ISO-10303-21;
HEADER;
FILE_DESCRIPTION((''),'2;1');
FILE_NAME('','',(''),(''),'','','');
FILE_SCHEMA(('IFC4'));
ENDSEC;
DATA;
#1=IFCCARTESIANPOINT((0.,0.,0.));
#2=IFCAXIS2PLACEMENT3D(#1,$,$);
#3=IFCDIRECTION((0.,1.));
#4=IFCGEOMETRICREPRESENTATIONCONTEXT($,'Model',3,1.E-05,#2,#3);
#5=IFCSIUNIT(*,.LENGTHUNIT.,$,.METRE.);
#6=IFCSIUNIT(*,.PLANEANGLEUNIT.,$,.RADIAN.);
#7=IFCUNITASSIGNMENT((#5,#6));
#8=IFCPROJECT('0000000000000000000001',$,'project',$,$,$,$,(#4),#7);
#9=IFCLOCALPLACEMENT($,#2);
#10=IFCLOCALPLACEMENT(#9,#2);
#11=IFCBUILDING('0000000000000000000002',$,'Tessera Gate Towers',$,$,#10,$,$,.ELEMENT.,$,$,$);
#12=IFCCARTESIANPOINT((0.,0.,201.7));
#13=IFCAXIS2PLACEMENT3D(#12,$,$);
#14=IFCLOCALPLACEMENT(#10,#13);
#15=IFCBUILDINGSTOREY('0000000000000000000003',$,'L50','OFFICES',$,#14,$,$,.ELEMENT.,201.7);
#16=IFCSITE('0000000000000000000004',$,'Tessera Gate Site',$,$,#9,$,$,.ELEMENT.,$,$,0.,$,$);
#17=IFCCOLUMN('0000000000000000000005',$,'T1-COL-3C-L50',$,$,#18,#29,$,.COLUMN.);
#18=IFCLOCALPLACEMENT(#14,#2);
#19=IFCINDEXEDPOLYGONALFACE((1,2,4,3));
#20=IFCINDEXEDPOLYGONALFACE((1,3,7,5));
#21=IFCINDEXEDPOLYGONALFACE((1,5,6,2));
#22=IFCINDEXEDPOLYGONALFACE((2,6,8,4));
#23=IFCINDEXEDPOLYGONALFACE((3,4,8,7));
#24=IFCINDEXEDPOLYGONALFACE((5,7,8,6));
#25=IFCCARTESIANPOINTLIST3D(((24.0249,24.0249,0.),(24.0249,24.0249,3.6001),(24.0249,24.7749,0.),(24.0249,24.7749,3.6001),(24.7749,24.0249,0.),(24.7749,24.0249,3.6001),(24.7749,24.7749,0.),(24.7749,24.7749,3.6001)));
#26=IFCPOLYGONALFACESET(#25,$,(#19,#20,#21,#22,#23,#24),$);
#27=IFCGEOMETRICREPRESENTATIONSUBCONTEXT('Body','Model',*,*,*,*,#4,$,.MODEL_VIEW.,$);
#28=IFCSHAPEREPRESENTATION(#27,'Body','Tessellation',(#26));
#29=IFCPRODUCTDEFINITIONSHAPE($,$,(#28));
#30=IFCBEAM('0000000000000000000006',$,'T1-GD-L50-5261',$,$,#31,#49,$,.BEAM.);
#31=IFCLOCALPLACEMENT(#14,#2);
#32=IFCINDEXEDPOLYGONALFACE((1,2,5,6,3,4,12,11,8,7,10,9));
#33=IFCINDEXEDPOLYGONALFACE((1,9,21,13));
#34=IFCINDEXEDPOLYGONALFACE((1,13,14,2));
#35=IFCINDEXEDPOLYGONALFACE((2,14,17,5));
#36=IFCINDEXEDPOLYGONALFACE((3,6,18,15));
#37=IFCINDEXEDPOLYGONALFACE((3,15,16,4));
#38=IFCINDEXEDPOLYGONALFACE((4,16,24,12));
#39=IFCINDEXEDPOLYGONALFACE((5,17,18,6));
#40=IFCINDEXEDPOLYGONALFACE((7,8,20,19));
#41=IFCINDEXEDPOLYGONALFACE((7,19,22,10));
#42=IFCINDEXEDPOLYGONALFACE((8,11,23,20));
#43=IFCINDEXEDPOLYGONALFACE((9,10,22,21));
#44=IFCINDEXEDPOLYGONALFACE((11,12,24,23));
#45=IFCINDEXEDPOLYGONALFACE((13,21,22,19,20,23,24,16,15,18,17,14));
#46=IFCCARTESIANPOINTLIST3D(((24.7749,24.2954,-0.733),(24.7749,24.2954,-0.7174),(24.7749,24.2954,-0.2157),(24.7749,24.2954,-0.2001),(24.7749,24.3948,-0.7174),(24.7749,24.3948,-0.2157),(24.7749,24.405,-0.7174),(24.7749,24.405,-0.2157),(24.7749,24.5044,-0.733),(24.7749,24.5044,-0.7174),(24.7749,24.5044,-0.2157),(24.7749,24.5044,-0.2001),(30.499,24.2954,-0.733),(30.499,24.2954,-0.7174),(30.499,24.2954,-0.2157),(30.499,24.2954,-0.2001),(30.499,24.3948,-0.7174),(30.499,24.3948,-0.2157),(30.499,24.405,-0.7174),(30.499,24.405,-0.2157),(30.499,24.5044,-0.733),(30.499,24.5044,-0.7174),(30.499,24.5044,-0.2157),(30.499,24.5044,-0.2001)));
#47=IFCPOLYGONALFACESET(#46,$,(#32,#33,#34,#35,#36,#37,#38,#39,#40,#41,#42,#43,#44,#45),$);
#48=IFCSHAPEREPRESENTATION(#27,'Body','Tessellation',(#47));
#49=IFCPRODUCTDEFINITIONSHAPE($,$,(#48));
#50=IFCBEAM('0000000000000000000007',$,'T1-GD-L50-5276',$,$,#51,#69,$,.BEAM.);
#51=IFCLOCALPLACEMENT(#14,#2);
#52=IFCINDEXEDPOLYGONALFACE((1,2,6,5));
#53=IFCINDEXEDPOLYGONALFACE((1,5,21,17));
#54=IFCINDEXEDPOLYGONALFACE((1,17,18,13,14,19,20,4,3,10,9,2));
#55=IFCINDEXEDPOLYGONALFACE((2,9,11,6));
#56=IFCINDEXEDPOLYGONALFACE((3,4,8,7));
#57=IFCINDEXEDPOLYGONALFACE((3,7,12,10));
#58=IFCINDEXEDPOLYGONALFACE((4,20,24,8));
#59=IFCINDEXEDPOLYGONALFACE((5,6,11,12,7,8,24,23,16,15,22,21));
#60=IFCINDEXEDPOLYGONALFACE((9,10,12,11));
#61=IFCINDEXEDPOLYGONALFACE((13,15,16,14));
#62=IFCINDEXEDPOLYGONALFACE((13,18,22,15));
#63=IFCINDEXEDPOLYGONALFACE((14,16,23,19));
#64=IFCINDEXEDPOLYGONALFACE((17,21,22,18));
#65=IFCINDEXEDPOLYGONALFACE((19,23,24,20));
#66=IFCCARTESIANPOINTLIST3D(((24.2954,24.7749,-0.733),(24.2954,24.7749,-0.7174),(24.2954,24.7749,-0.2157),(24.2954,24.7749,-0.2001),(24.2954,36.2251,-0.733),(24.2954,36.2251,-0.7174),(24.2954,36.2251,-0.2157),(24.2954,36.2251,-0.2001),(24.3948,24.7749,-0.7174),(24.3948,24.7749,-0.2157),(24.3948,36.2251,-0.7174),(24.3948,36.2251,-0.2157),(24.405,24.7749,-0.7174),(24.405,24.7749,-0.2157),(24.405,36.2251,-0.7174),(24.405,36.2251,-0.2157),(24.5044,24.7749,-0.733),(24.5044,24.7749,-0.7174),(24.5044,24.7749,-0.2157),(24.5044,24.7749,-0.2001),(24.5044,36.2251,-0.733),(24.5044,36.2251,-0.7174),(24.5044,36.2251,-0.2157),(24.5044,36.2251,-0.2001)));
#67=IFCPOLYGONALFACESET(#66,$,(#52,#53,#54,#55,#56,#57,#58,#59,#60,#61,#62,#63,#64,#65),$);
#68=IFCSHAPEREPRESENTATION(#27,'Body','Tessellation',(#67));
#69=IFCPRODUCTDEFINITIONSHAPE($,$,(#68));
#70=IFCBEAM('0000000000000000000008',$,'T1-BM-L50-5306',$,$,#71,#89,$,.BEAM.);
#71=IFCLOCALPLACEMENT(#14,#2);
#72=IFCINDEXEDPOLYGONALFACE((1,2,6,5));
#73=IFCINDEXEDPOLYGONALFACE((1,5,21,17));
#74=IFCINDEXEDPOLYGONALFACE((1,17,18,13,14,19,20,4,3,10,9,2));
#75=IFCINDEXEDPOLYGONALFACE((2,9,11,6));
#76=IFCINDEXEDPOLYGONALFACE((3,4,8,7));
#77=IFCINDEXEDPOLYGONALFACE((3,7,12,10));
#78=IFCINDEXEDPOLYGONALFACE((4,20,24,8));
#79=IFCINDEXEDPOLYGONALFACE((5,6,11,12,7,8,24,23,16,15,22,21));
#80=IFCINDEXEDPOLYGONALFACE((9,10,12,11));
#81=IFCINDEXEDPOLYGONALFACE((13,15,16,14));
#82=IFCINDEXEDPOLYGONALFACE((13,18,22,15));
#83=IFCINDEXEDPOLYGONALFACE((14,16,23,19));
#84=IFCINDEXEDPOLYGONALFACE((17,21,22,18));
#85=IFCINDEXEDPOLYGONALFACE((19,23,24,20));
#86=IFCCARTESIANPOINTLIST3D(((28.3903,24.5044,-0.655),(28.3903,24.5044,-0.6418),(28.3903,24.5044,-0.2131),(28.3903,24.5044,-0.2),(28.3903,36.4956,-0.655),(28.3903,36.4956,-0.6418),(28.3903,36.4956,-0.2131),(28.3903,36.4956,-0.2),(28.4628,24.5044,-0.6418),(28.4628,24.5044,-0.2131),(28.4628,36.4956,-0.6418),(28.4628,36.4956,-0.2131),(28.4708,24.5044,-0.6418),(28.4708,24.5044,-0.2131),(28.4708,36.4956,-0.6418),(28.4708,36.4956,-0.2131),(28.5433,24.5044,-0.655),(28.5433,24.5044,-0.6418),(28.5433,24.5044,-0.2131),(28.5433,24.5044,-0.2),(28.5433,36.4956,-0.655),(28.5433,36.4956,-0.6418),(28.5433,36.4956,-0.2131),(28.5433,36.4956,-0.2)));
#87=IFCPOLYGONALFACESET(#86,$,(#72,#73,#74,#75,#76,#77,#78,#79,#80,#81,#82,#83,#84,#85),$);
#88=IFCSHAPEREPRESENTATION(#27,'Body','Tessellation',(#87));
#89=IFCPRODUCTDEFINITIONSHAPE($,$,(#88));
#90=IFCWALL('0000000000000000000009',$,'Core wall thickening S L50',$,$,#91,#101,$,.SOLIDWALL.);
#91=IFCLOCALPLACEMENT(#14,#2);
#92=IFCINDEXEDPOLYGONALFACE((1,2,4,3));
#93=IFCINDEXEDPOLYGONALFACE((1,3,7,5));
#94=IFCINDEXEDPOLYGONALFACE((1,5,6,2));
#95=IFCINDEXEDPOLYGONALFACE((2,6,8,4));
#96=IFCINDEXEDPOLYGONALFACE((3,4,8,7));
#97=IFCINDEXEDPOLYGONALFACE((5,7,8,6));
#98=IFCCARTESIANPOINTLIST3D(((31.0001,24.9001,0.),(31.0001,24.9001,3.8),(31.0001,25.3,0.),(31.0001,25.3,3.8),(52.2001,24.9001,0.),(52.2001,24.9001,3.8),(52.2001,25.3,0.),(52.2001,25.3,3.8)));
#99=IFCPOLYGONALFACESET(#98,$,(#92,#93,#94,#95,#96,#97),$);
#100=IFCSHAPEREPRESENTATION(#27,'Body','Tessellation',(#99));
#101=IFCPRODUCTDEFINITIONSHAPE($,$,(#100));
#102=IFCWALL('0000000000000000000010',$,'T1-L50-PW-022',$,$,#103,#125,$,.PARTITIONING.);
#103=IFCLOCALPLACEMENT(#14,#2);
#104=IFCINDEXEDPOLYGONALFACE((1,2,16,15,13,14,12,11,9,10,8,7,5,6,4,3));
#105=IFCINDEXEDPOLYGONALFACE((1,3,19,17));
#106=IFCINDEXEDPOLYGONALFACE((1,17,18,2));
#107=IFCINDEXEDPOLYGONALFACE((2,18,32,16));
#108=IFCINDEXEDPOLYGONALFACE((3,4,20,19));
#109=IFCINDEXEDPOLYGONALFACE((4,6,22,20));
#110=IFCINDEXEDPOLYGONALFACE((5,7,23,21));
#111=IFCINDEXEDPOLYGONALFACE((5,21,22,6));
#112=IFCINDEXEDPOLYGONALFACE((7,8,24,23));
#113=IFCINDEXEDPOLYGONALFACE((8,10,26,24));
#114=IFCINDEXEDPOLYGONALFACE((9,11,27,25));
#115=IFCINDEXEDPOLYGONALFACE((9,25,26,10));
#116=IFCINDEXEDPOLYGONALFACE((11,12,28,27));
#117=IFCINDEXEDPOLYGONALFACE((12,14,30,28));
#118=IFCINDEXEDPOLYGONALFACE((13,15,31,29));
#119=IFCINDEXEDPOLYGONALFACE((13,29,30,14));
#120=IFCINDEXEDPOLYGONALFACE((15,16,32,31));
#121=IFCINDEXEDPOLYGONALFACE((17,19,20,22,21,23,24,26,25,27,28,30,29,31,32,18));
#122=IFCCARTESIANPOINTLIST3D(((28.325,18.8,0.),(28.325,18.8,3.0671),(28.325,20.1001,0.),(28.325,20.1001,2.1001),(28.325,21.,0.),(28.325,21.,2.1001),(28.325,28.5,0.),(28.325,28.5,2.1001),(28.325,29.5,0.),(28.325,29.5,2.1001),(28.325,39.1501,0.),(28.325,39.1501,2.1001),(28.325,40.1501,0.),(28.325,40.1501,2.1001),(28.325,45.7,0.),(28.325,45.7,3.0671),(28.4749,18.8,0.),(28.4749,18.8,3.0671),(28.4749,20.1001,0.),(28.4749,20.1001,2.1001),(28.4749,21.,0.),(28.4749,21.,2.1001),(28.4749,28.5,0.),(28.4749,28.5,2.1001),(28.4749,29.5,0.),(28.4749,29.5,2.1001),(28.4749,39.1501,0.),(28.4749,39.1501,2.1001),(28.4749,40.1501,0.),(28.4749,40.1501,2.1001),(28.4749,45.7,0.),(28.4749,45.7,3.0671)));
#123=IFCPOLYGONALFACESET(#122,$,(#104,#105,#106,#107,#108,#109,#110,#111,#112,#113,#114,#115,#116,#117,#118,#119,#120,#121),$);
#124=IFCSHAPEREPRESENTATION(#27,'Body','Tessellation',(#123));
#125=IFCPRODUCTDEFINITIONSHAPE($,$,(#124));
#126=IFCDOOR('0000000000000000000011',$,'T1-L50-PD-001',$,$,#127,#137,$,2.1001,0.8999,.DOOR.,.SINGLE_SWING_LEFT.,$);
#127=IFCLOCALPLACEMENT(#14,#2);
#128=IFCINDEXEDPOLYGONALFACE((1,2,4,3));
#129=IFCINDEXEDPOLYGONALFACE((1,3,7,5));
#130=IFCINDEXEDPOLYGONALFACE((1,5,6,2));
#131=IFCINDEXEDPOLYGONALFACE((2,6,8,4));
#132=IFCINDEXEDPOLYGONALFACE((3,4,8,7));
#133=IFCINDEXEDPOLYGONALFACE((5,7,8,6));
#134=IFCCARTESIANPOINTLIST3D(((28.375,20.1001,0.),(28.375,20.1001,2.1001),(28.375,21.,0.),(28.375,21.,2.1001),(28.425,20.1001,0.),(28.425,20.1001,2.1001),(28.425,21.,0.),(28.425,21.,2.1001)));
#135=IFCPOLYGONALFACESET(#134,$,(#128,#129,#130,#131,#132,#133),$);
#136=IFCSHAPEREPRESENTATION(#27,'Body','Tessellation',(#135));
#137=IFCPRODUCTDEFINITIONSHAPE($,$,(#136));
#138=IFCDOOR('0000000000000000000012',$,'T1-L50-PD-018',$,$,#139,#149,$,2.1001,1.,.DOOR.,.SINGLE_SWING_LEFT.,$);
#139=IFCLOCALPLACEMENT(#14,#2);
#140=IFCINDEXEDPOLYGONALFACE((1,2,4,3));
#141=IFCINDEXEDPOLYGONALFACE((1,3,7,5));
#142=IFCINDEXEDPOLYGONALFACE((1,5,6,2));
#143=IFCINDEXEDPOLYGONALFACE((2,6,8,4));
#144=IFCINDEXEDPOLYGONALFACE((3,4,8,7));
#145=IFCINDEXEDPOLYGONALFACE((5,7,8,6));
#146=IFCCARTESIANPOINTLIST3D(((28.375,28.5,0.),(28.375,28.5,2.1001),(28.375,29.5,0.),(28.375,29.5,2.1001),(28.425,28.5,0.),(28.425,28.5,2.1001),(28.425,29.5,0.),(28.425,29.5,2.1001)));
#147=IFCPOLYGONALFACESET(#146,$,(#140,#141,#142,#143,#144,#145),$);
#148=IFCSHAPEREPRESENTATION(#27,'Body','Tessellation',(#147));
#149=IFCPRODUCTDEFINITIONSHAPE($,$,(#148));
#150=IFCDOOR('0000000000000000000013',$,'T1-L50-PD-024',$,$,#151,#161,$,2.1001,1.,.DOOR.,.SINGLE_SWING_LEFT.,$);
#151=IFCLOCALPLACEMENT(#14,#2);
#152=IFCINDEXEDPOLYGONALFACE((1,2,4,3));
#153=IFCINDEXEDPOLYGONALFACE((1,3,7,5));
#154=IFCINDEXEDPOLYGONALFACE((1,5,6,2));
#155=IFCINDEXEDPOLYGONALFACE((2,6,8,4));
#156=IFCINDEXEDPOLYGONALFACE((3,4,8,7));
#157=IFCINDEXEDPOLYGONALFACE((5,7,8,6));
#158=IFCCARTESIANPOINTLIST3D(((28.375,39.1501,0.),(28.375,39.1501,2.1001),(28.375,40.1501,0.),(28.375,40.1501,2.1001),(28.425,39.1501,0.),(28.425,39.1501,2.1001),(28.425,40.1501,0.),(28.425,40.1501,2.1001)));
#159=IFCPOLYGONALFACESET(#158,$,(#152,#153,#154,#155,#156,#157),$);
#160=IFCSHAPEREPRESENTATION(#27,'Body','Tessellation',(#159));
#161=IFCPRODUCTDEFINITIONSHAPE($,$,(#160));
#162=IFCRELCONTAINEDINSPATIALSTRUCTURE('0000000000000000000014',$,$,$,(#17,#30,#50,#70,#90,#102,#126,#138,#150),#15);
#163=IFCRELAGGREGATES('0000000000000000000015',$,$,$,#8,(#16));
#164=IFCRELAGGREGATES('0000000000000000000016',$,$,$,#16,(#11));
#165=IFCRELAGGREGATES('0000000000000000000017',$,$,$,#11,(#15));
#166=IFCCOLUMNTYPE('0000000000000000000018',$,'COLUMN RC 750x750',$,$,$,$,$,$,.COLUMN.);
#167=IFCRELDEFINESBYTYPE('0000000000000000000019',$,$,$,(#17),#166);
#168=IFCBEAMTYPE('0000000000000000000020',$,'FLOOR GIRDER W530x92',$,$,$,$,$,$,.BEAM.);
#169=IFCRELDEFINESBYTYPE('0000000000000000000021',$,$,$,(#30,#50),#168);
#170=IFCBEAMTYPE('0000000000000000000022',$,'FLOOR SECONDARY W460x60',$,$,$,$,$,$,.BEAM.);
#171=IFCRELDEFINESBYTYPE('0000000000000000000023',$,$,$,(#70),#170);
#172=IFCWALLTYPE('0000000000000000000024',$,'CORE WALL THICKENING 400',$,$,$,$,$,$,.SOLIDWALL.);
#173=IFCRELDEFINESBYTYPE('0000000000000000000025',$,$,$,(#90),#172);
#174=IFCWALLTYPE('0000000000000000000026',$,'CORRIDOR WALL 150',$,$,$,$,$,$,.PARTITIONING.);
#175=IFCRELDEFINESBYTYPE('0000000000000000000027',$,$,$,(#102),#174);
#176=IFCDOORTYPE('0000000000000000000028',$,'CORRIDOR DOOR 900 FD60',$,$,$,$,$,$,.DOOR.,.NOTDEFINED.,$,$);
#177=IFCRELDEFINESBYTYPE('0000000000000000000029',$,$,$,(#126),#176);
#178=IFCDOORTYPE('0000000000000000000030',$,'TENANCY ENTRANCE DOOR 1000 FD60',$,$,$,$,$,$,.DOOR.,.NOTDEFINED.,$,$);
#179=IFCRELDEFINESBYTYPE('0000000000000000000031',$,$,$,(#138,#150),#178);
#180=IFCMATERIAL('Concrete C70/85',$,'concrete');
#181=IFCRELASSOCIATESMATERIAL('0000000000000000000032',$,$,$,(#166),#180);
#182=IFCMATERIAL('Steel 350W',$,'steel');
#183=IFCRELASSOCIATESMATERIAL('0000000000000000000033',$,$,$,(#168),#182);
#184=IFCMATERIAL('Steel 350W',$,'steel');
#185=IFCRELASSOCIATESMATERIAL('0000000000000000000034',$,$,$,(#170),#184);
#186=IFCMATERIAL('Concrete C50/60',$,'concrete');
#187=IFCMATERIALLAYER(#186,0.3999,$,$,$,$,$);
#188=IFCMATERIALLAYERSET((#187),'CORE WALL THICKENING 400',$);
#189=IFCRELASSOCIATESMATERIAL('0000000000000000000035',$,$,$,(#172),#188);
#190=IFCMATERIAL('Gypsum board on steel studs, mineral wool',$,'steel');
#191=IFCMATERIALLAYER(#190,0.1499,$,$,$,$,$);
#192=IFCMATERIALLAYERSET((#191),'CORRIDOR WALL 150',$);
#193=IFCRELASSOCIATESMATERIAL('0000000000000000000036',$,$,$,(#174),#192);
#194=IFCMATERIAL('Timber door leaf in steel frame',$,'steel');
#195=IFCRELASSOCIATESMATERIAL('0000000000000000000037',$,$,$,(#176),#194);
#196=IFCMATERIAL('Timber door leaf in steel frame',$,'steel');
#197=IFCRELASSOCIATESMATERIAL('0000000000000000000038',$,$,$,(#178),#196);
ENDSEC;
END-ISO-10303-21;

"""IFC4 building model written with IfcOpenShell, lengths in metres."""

from ifc_helpers import new_model, si_unit, direction, frame, frame_2d, origin, origin_2d, place, context, subcontext, project, spatial, rectangle, i_section, extrude, source, transform, mapped, material, layer, layer_set, material_profile, profile_set, type_object, element, fill, save


model = new_model("IFC4")

# Units and contexts
model_context = context("Model", 3, precision=1e-05, world=origin(), true_north=direction((0.0, 1.0)))
body_context = subcontext(model_context, "Body", "Model", "MODEL_VIEW")
ifc_project = project(units=[si_unit("LENGTHUNIT", "METRE"), si_unit("PLANEANGLEUNIT", "RADIAN")], contexts=[model_context])

# Site, building, storey
site_placement = place(None, origin())
site = spatial("IfcSite", under=ifc_project, at=site_placement, Name="Tessera Gate Site", CompositionType="ELEMENT", RefElevation=0.0)
building_placement = place(site_placement, origin())
building = spatial("IfcBuilding", under=site, at=building_placement, Name="Tessera Gate Towers", CompositionType="ELEMENT")
storey_placement = place(building_placement, frame((0.0, 0.0, 201.7)))
storey = spatial("IfcBuildingStorey", under=building, at=storey_placement, Name="L50", Description="OFFICES", CompositionType="ELEMENT", Elevation=201.7)

# Column
ifc_material_1 = material(Name="Concrete C70/85", Category="concrete")
ifc_material_profile_1 = material_profile(ifc_material_1, rectangle(XDim=0.75, YDim=0.75, at=origin_2d()), Name="RC 750x750")
ifc_profile_set_1 = profile_set([ifc_material_profile_1], Name="Concrete C70/85")
column_type = type_object("IfcColumnType", Name="COLUMN RC 750x750", PredefinedType="COLUMN", material=ifc_profile_set_1)
column_placement = place(storey_placement, frame((24.3999, 24.3999, 0.0), z_axis=(0.0, 0.0, 1.0), x_axis=(1.0, 0.0, 0.0)))
element("IfcColumn", 1, at=column_placement, inside=storey, type_object=column_type, Name="T1-COL-3C-L50", PredefinedType="COLUMN", context=body_context, shape_type="SweptSolid", body=[
    extrude(rectangle(XDim=0.75, YDim=0.75, at=origin_2d()), origin(), (0.0, 0.0, 1.0), 3.6001),
])

# Beams
ifc_material_2 = material(Name="Steel 350W", Category="steel")
ifc_material_profile_2 = material_profile(ifc_material_2, i_section(OverallWidth=0.209, OverallDepth=0.533, WebThickness=0.0103, FlangeThickness=0.0156, at=origin_2d()), Name="W530x92")
ifc_profile_set_2 = profile_set([ifc_material_profile_2], Name="Steel 350W")
beam_type_1 = type_object("IfcBeamType", Name="FLOOR GIRDER W530x92", PredefinedType="BEAM", material=ifc_profile_set_2)
beam_1_placement = place(storey_placement, frame((24.7749, 24.3999, -0.4666), z_axis=(1.0, 0.0, 0.0), x_axis=(0.0, 1.0, 0.0)))
element("IfcBeam", 2, at=beam_1_placement, inside=storey, type_object=beam_type_1, Name="T1-GD-L50-5261", PredefinedType="BEAM", context=body_context, shape_type="SweptSolid", body=[
    extrude(i_section(OverallWidth=0.209, OverallDepth=0.533, WebThickness=0.0103, FlangeThickness=0.0156, at=origin_2d()), origin(), (0.0, 0.0, 1.0), 5.7241),
])
beam_2_placement = place(storey_placement, frame((24.3999, 24.7749, -0.4666), z_axis=(0.0, 1.0, 0.0), x_axis=(-1.0, 0.0, 0.0)))
element("IfcBeam", 3, at=beam_2_placement, inside=storey, type_object=beam_type_1, Name="T1-GD-L50-5276", PredefinedType="BEAM", context=body_context, shape_type="SweptSolid", body=[
    extrude(i_section(OverallWidth=0.209, OverallDepth=0.533, WebThickness=0.0103, FlangeThickness=0.0156, at=origin_2d()), origin(), (0.0, 0.0, 1.0), 11.4502),
])
ifc_material_3 = material(Name="Steel 350W", Category="steel")
ifc_material_profile_3 = material_profile(ifc_material_3, i_section(OverallWidth=0.1531, OverallDepth=0.4551, WebThickness=0.0081, FlangeThickness=0.0132, at=origin_2d()), Name="W460x60")
ifc_profile_set_3 = profile_set([ifc_material_profile_3], Name="Steel 350W")
beam_type_2 = type_object("IfcBeamType", Name="FLOOR SECONDARY W460x60", PredefinedType="BEAM", material=ifc_profile_set_3)
beam_3_placement = place(storey_placement, frame((28.4668, 24.5044, -0.4275), z_axis=(0.0, 1.0, 0.0), x_axis=(-1.0, 0.0, 0.0)))
element("IfcBeam", 4, at=beam_3_placement, inside=storey, type_object=beam_type_2, Name="T1-BM-L50-5306", PredefinedType="BEAM", context=body_context, shape_type="SweptSolid", body=[
    extrude(i_section(OverallWidth=0.1531, OverallDepth=0.4551, WebThickness=0.0081, FlangeThickness=0.0132, at=origin_2d()), origin(), (0.0, 0.0, 1.0), 11.9912),
])

# Wall
ifc_material_4 = material(Name="Concrete C50/60", Category="concrete")
ifc_layer_1 = layer(ifc_material_4, 0.3999)
ifc_layer_set_1 = layer_set([ifc_layer_1], Name="CORE WALL THICKENING 400")
wall_type_1 = type_object("IfcWallType", Name="CORE WALL THICKENING 400", PredefinedType="SOLIDWALL", material=ifc_layer_set_1)
wall_1_placement = place(storey_placement, frame((31.0, 25.1001, 0.0), z_axis=(0.0, 0.0, 1.0), x_axis=(1.0, 0.0, 0.0)))
element("IfcWall", 5, at=wall_1_placement, inside=storey, type_object=wall_type_1, Name="Core wall thickening S L50", PredefinedType="SOLIDWALL", context=body_context, shape_type="SweptSolid", body=[
    extrude(rectangle(XDim=21.2, YDim=0.3999, at=frame_2d((10.6001, 0.0))), origin(), (0.0, 0.0, 1.0), 3.8),
])

# Wall, openings, doors
ifc_material_5 = material(Name="Gypsum board on steel studs, mineral wool", Category="steel")
ifc_layer_2 = layer(ifc_material_5, 0.1499)
ifc_layer_set_2 = layer_set([ifc_layer_2], Name="CORRIDOR WALL 150")
wall_type_2 = type_object("IfcWallType", Name="CORRIDOR WALL 150", PredefinedType="PARTITIONING", material=ifc_layer_set_2)
wall_2_placement = place(storey_placement, frame((28.3999, 18.8, 0.0), z_axis=(0.0, 0.0, 1.0), x_axis=(0.0, 1.0, 0.0)))
wall_2 = element("IfcWall", 6, at=wall_2_placement, inside=storey, type_object=wall_type_2, Name="T1-L50-PW-022", PredefinedType="PARTITIONING", context=body_context, shape_type="SweptSolid", body=[
    extrude(rectangle(XDim=26.8999, YDim=0.1499, at=frame_2d((13.45, 0.0))), origin(), (0.0, 0.0, 1.0), 3.0671),
])
shared_shape_1 = source(origin(), body_context, "Body", "SweptSolid", [
    extrude(rectangle(XDim=0.8999, YDim=2.1001, at=frame_2d((0.45, 1.05))), frame((0.0, 0.085, 0.0), z_axis=(0.0, -1.0, 0.0), x_axis=(1.0, 0.0, 0.0)), (0.0, 0.0, 1.0), 0.1699),
])
opening_1_placement = place(wall_2_placement, frame((1.3, 0.0, 0.0)))
opening_1 = element("IfcOpeningElement", 7, at=opening_1_placement, cuts=wall_2, PredefinedType="OPENING", context=body_context, shape_type="MappedRepresentation", body=[
    mapped(shared_shape_1, transform((0.0, 0.0, 0.0), scale=1.0)),
])
shared_shape_2 = source(origin(), body_context, "Body", "SweptSolid", [
    extrude(rectangle(XDim=1.0, YDim=2.1001, at=frame_2d((0.5, 1.05))), frame((0.0, 0.085, 0.0), z_axis=(0.0, -1.0, 0.0), x_axis=(1.0, 0.0, 0.0)), (0.0, 0.0, 1.0), 0.1699),
])
opening_2_placement = place(wall_2_placement, frame((9.7, 0.0, 0.0)))
opening_2 = element("IfcOpeningElement", 8, at=opening_2_placement, cuts=wall_2, PredefinedType="OPENING", context=body_context, shape_type="MappedRepresentation", body=[
    mapped(shared_shape_2, transform((0.0, 0.0, 0.0), scale=1.0)),
])
opening_3_placement = place(wall_2_placement, frame((20.3501, 0.0, 0.0)))
opening_3 = element("IfcOpeningElement", 9, at=opening_3_placement, cuts=wall_2, PredefinedType="OPENING", context=body_context, shape_type="MappedRepresentation", body=[
    mapped(shared_shape_2, transform((0.0, 0.0, 0.0), scale=1.0)),
])
ifc_material_6 = material(Name="Timber door leaf in steel frame", Category="steel")
door_type_1 = type_object("IfcDoorType", Name="CORRIDOR DOOR 900 FD60", OperationType="NOTDEFINED", PredefinedType="DOOR", material=ifc_material_6)
shared_shape_3 = source(origin(), body_context, "Body", "SweptSolid", [
    extrude(rectangle(XDim=0.8999, YDim=2.1001, at=frame_2d((0.45, 1.05))), frame((0.0, 0.0249, 0.0), z_axis=(0.0, -1.0, 0.0), x_axis=(1.0, 0.0, 0.0)), (0.0, 0.0, 1.0), 0.05),
])
door_1_placement = place(opening_1_placement, origin())
door_1 = element("IfcDoor", 10, at=door_1_placement, inside=storey, type_object=door_type_1, Name="T1-L50-PD-001", OperationType="SINGLE_SWING_LEFT", OverallHeight=2.1001, OverallWidth=0.8999, PredefinedType="DOOR", context=body_context, shape_type="MappedRepresentation", body=[
    mapped(shared_shape_3, transform((0.0, 0.0, 0.0), scale=1.0)),
])
fill(opening_1, door_1)
ifc_material_7 = material(Name="Timber door leaf in steel frame", Category="steel")
door_type_2 = type_object("IfcDoorType", Name="TENANCY ENTRANCE DOOR 1000 FD60", OperationType="NOTDEFINED", PredefinedType="DOOR", material=ifc_material_7)
shared_shape_4 = source(origin(), body_context, "Body", "SweptSolid", [
    extrude(rectangle(XDim=1.0, YDim=2.1001, at=frame_2d((0.5, 1.05))), frame((0.0, 0.0249, 0.0), z_axis=(0.0, -1.0, 0.0), x_axis=(1.0, 0.0, 0.0)), (0.0, 0.0, 1.0), 0.05),
])
door_2_placement = place(opening_2_placement, origin())
door_2 = element("IfcDoor", 11, at=door_2_placement, inside=storey, type_object=door_type_2, Name="T1-L50-PD-018", OperationType="SINGLE_SWING_LEFT", OverallHeight=2.1001, OverallWidth=1.0, PredefinedType="DOOR", context=body_context, shape_type="MappedRepresentation", body=[
    mapped(shared_shape_4, transform((0.0, 0.0, 0.0), scale=1.0)),
])
fill(opening_2, door_2)
door_3_placement = place(opening_3_placement, origin())
door_3 = element("IfcDoor", 12, at=door_3_placement, inside=storey, type_object=door_type_2, Name="T1-L50-PD-024", OperationType="SINGLE_SWING_LEFT", OverallHeight=2.1001, OverallWidth=1.0, PredefinedType="DOOR", context=body_context, shape_type="MappedRepresentation", body=[
    mapped(shared_shape_4, transform((0.0, 0.0, 0.0), scale=1.0)),
])
fill(opening_3, door_3)

save(model, "model.ifc")
